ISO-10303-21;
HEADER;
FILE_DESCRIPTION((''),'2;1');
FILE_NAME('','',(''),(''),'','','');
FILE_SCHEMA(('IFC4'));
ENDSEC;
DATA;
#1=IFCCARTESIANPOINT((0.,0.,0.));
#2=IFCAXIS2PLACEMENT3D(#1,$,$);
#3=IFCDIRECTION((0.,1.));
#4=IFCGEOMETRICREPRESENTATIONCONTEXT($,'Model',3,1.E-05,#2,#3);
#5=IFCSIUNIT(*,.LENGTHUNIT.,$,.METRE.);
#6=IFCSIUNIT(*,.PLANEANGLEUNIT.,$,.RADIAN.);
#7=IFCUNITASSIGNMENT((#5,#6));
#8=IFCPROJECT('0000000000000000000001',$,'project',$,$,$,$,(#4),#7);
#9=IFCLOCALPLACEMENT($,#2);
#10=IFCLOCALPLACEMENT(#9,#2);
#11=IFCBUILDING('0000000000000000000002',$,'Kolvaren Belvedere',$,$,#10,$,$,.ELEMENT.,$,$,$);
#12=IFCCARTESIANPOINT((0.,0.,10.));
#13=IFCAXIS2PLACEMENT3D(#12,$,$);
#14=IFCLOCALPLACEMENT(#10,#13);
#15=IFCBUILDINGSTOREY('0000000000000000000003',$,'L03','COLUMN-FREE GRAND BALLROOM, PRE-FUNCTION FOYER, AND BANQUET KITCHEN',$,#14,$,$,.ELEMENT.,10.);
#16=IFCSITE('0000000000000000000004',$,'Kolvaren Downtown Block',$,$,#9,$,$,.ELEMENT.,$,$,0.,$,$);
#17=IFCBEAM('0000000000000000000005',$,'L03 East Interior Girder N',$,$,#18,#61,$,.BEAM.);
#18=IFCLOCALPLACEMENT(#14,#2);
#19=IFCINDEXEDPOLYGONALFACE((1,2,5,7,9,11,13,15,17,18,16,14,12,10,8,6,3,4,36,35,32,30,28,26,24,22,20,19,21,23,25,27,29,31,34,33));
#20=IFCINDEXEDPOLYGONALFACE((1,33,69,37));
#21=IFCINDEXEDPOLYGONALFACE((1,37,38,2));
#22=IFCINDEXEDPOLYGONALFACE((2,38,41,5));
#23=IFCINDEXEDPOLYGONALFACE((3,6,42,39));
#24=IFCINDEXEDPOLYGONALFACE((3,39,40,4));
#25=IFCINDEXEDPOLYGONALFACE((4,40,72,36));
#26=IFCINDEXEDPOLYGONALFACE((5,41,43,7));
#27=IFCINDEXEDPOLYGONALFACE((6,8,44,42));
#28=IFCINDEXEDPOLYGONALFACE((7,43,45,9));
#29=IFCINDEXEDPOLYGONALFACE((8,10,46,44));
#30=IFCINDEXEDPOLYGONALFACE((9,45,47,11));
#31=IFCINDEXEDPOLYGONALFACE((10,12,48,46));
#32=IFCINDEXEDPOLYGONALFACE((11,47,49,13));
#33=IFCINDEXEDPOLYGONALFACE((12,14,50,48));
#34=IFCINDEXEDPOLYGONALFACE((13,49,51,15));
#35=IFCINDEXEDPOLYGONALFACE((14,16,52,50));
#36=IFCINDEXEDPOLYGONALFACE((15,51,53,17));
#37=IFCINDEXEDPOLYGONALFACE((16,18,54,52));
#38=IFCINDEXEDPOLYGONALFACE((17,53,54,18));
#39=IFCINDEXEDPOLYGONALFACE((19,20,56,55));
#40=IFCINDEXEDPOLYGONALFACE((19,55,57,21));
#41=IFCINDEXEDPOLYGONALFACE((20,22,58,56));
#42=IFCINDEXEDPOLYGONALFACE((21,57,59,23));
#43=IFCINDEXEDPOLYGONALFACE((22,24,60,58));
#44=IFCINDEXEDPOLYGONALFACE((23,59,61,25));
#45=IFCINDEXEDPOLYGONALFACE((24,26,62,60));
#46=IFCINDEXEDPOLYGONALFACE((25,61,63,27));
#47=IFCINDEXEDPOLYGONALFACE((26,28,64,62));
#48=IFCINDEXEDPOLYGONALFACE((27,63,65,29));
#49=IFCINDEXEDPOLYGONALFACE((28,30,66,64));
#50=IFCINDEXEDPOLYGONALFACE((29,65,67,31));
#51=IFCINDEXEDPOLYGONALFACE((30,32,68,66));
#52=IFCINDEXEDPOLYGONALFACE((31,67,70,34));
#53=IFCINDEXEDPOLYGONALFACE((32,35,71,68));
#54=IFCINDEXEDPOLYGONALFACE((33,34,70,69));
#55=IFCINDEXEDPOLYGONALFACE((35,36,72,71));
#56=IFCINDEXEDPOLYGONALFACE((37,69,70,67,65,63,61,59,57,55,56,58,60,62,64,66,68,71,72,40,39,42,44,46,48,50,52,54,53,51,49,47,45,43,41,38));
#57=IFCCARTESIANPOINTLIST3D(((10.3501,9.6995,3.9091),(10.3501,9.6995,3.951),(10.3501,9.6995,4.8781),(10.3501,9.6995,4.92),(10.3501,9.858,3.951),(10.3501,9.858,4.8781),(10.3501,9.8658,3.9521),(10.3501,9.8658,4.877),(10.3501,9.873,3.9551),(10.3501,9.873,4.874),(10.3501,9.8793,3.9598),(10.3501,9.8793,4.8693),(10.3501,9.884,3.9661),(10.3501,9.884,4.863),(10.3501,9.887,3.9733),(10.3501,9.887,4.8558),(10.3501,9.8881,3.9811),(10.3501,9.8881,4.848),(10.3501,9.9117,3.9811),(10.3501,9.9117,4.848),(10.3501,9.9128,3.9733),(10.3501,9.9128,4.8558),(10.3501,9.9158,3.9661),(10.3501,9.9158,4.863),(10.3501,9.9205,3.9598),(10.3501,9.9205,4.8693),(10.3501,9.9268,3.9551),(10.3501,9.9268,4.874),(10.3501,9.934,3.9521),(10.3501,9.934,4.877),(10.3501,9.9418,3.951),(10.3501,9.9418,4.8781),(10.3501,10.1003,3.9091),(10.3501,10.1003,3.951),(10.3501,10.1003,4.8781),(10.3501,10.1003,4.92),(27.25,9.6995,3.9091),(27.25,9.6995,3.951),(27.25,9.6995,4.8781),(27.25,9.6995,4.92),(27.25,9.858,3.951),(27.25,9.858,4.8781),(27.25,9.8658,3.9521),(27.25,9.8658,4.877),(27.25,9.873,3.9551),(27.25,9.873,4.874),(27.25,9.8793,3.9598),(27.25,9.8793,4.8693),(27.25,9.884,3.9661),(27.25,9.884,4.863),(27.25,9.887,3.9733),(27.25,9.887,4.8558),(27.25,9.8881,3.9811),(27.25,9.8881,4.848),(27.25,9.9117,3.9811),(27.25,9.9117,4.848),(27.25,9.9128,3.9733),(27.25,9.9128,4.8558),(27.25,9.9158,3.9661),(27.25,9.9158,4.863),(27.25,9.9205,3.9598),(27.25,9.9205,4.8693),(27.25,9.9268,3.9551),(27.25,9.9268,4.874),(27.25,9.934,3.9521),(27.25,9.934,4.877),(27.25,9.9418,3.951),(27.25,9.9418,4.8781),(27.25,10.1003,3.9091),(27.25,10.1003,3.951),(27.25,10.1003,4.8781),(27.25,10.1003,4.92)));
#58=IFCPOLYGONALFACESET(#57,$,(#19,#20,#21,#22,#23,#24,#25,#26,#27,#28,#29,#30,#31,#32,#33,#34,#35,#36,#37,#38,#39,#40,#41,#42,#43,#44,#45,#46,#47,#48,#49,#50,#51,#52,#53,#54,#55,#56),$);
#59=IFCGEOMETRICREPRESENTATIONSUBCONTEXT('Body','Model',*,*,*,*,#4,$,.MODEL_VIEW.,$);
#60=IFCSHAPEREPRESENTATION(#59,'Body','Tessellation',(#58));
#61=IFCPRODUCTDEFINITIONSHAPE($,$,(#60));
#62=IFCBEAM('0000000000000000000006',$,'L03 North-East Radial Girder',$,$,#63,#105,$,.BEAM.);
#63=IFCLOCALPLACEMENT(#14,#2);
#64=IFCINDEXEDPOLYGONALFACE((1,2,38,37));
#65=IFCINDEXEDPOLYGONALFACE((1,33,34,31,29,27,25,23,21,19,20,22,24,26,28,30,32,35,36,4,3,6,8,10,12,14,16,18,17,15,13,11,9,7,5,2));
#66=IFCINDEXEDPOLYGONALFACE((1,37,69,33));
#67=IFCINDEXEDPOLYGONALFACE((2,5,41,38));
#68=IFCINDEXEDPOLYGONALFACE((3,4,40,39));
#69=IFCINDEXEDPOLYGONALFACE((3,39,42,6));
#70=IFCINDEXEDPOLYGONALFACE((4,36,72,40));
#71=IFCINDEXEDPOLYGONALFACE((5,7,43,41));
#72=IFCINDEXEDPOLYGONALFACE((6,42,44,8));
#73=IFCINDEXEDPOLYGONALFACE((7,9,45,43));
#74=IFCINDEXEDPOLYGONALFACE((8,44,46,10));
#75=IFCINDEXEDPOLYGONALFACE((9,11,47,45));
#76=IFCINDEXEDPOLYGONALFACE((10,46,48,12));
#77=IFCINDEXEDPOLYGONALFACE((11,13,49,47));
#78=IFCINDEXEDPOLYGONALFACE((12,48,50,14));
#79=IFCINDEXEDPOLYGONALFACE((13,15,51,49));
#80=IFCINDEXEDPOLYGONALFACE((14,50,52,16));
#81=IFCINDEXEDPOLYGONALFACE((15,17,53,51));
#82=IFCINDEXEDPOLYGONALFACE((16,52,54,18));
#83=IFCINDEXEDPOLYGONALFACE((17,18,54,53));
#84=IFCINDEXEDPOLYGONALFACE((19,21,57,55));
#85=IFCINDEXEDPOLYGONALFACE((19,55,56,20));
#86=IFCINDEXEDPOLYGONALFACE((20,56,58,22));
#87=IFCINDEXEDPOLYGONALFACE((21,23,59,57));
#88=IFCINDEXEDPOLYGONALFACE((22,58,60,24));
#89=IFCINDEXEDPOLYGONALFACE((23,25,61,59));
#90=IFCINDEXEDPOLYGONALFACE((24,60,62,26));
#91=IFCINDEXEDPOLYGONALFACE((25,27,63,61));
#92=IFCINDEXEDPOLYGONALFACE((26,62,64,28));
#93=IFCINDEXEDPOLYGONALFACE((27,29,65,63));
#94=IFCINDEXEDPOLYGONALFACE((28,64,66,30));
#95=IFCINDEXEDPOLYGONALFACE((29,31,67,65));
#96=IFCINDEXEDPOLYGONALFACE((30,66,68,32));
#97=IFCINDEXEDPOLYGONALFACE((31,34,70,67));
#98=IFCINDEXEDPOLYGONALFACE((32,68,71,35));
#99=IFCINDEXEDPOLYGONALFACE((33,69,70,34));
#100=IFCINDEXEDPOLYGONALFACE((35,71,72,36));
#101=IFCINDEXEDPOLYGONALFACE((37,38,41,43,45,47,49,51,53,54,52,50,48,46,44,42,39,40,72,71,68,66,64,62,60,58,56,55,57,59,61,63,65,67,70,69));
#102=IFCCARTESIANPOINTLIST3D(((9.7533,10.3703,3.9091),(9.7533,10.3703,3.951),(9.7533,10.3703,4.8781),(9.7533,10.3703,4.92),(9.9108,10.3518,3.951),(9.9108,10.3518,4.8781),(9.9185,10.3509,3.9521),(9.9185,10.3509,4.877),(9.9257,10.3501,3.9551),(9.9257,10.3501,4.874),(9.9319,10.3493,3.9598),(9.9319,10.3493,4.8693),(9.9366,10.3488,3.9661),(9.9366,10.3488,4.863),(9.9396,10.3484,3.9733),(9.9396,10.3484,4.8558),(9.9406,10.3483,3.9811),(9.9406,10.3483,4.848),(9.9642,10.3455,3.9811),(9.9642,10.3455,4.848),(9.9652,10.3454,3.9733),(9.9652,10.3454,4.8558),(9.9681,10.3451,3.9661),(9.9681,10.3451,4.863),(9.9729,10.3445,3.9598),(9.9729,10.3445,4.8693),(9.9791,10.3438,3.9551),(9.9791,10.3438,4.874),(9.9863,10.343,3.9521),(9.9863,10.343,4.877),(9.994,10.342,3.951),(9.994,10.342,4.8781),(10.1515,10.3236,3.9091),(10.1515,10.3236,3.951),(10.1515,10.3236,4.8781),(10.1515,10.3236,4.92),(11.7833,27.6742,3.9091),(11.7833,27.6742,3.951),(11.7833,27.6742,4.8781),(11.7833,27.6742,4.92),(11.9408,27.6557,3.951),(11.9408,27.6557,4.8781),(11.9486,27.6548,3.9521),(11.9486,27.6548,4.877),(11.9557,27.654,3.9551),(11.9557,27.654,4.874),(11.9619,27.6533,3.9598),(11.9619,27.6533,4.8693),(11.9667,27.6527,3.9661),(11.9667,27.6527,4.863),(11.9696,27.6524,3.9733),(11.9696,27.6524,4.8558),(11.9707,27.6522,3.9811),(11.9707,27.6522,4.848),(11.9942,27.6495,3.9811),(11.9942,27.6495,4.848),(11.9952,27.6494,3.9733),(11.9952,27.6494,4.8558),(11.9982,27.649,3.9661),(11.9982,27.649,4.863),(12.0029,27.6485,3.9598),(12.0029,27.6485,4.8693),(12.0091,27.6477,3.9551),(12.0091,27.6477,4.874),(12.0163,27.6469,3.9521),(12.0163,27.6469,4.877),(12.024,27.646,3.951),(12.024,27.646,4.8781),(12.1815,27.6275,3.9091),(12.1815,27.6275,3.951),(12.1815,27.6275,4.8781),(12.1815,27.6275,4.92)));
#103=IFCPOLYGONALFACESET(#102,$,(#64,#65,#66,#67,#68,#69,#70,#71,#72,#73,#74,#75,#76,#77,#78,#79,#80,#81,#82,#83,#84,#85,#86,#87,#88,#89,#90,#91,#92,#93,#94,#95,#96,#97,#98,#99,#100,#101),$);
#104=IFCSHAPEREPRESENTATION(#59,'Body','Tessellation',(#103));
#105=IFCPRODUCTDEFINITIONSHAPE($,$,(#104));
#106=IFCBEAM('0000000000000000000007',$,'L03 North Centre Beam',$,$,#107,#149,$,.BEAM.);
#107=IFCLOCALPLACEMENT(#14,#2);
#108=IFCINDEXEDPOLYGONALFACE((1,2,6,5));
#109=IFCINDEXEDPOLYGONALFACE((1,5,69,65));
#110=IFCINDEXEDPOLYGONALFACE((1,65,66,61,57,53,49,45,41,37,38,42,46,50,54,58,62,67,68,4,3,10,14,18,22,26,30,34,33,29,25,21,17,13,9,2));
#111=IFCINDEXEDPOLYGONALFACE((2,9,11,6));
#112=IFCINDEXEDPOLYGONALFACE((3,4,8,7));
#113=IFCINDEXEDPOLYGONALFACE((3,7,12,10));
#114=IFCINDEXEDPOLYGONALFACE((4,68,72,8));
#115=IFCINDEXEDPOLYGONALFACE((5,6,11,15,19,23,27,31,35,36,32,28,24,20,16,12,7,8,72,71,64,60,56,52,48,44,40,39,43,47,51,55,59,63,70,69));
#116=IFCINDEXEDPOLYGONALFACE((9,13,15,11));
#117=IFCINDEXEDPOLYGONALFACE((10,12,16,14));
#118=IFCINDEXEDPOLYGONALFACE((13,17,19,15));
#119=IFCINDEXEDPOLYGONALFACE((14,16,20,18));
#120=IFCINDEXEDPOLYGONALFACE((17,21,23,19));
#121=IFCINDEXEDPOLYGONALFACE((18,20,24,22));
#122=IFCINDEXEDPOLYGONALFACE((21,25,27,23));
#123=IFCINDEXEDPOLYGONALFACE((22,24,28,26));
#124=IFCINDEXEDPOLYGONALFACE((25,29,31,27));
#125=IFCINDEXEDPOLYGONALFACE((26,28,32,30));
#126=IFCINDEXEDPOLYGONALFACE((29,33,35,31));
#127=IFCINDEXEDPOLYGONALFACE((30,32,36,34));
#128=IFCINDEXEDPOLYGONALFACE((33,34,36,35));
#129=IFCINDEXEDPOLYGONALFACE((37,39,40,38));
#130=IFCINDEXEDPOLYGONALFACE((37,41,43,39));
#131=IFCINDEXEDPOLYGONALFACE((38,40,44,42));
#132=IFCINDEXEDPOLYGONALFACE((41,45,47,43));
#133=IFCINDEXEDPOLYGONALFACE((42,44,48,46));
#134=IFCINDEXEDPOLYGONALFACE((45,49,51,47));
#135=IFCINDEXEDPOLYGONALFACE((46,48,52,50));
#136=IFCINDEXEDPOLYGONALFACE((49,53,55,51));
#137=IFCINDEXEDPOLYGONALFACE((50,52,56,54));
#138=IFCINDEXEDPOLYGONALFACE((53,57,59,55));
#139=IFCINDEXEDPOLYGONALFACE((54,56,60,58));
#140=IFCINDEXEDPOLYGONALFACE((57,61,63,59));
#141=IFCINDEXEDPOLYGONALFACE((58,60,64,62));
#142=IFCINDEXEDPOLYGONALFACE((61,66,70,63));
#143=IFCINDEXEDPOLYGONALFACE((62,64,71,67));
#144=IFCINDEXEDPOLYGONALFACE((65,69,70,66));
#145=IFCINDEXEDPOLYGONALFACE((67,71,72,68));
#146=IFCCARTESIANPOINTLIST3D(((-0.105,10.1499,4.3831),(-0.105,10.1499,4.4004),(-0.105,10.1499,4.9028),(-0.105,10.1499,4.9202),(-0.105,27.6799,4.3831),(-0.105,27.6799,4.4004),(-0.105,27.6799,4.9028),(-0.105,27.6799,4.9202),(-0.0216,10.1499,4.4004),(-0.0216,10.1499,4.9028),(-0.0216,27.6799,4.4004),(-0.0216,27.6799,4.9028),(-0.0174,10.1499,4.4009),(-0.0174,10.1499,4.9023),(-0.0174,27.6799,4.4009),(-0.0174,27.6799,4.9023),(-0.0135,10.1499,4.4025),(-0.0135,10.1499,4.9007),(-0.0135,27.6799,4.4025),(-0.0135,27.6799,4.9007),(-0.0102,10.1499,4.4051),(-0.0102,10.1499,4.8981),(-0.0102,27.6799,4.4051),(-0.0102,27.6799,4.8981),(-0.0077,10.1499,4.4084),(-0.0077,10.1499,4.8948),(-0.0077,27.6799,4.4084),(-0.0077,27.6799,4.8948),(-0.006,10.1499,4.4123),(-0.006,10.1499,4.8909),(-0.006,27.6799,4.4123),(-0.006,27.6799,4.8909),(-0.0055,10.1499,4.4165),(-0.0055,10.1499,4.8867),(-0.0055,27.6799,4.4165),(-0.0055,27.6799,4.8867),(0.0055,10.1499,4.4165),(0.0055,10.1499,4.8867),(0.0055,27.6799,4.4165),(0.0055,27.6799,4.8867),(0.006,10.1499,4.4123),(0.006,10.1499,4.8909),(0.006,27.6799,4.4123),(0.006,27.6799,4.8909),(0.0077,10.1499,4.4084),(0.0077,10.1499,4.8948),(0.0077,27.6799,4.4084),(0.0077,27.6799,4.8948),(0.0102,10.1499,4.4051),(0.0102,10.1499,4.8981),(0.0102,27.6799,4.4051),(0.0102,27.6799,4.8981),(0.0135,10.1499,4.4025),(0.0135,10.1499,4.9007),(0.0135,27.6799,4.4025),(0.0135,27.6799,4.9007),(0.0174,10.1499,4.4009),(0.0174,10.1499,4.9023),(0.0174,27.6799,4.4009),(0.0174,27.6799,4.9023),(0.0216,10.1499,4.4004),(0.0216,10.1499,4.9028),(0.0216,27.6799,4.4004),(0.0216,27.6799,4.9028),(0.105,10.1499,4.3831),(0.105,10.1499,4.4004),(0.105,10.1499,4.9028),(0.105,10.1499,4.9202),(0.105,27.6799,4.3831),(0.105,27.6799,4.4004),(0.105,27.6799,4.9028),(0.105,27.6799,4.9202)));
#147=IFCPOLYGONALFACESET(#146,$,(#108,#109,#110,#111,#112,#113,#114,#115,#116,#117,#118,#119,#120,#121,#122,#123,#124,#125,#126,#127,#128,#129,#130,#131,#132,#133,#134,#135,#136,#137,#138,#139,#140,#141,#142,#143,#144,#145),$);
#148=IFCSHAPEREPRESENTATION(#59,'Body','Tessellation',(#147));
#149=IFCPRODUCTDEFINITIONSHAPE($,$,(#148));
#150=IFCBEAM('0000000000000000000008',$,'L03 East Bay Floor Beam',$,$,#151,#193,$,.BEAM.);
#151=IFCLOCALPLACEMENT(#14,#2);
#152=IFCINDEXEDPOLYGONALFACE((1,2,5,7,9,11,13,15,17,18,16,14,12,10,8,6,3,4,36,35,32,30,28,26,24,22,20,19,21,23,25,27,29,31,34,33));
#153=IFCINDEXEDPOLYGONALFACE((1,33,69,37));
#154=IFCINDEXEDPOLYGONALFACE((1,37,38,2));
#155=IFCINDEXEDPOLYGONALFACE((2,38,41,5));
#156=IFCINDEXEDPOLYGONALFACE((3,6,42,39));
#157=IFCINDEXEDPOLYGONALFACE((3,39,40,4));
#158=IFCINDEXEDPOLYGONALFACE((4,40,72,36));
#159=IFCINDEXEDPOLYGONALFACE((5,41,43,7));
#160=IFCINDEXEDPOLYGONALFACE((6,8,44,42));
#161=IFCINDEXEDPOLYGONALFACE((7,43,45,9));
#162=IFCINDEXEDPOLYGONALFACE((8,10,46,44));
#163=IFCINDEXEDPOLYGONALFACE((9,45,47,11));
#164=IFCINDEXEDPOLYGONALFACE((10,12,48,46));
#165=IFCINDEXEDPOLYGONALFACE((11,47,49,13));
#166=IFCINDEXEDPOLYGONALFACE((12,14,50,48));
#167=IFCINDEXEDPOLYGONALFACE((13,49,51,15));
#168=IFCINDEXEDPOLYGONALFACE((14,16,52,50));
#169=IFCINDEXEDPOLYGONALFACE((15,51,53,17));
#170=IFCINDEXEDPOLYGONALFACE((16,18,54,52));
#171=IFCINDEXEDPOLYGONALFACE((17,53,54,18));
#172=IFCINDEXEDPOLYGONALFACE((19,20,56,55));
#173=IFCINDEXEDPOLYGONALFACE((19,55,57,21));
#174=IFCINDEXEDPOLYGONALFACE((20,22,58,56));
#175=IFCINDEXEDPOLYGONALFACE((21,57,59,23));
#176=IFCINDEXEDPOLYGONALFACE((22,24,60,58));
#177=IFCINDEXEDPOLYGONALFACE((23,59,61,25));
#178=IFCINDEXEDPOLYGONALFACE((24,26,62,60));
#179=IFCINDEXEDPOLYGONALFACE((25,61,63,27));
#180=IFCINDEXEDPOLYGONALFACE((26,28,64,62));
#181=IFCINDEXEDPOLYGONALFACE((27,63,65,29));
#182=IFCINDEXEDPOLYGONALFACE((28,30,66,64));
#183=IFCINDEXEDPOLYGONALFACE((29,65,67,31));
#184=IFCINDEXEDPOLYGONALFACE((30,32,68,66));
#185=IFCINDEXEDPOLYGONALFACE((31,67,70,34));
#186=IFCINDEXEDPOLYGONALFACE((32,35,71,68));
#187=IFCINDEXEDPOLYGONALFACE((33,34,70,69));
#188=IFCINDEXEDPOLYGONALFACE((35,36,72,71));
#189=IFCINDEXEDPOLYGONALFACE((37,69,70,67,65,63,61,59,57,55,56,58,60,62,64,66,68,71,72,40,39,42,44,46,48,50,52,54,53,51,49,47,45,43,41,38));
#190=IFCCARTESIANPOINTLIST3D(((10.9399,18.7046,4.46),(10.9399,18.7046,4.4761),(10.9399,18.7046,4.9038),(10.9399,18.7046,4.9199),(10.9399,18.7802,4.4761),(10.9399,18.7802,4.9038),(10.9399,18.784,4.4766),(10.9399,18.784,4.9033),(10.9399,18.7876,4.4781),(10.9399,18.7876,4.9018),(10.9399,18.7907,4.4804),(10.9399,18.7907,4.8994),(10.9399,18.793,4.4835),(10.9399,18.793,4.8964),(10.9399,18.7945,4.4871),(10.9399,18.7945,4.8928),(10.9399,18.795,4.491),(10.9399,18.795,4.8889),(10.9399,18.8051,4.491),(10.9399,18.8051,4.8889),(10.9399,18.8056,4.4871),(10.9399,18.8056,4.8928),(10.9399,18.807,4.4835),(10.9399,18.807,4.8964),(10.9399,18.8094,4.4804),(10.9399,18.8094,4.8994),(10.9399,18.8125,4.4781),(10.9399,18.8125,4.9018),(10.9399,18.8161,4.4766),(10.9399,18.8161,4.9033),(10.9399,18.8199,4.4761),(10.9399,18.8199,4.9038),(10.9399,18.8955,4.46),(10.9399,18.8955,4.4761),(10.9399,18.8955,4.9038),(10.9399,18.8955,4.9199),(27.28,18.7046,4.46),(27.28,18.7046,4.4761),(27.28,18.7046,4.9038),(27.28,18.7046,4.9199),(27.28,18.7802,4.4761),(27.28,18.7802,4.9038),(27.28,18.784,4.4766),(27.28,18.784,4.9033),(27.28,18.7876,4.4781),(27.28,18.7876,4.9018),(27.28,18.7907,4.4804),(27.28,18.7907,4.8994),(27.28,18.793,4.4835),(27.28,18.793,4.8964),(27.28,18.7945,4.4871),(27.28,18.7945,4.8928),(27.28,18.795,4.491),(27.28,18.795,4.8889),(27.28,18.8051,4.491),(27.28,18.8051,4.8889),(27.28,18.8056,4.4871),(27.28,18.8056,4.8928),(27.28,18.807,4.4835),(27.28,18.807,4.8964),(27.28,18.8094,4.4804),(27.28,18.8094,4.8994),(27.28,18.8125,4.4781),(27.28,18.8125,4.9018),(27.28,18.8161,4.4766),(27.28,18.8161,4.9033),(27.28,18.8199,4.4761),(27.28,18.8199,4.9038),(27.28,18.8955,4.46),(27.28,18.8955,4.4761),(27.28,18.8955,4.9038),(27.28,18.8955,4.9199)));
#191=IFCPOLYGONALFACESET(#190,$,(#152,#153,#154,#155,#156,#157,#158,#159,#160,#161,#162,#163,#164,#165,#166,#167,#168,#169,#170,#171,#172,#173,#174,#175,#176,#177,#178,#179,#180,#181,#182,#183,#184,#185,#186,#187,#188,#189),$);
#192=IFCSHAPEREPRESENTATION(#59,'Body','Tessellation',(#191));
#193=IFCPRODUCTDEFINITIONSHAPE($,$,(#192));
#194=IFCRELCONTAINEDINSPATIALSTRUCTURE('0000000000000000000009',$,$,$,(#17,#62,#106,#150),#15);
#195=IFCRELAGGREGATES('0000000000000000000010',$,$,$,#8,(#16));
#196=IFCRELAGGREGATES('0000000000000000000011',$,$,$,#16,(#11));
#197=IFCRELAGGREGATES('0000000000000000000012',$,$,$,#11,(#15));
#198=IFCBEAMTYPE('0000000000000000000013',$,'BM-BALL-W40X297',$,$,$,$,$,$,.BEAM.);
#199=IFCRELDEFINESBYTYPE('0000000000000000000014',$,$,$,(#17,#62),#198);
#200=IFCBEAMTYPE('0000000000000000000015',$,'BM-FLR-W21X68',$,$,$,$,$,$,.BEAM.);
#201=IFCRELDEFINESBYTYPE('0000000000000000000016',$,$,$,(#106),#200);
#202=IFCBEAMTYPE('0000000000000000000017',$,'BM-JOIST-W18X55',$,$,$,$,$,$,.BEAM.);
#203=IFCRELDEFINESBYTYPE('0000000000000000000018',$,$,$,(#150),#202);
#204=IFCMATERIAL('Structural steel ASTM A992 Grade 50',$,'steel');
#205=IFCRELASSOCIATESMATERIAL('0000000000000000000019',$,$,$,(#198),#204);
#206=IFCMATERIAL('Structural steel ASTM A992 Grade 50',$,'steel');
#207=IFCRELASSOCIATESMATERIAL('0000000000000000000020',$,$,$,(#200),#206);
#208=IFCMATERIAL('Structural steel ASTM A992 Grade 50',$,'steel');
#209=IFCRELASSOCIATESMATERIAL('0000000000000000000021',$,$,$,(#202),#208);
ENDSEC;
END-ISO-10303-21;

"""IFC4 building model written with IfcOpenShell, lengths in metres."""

from ifc_helpers import new_model, si_unit, direction, frame, origin, origin_2d, place, context, subcontext, project, spatial, i_section, extrude, material, material_profile, profile_set, type_object, element, save


model = new_model("IFC4")

# Units and contexts
model_context = context("Model", 3, precision=1e-05, world=origin(), true_north=direction((0.0, 1.0)))
body_context = subcontext(model_context, "Body", "Model", "MODEL_VIEW")
ifc_project = project(units=[si_unit("LENGTHUNIT", "METRE"), si_unit("PLANEANGLEUNIT", "RADIAN")], contexts=[model_context])

# Site, building, storey
site_placement = place(None, origin())
site = spatial("IfcSite", under=ifc_project, at=site_placement, Name="Kolvaren Downtown Block", CompositionType="ELEMENT", RefElevation=0.0)
building_placement = place(site_placement, origin())
building = spatial("IfcBuilding", under=site, at=building_placement, Name="Kolvaren Belvedere", CompositionType="ELEMENT")
storey_placement = place(building_placement, frame((0.0, 0.0, 10.0)))
storey = spatial("IfcBuildingStorey", under=building, at=storey_placement, Name="L03", Description="COLUMN-FREE GRAND BALLROOM, PRE-FUNCTION FOYER, AND BANQUET KITCHEN", CompositionType="ELEMENT", Elevation=10.0)

# Beams
ifc_material_1 = material(Name="Structural steel ASTM A992 Grade 50", Category="steel")
ifc_material_profile_1 = material_profile(ifc_material_1, i_section(OverallWidth=0.4009, OverallDepth=1.011, WebThickness=0.0237, FlangeThickness=0.042, FilletRadius=0.03, at=origin_2d()), Name="W40X297")
ifc_profile_set_1 = profile_set([ifc_material_profile_1], Name="Structural steel ASTM A992 Grade 50")
beam_type_1 = type_object("IfcBeamType", Name="BM-BALL-W40X297", PredefinedType="BEAM", material=ifc_profile_set_1)
beam_1_placement = place(storey_placement, frame((10.3501, 9.8999, 4.4146), z_axis=(1.0, 0.0, 0.0), x_axis=(0.0, 1.0, 0.0)))
element("IfcBeam", 1, at=beam_1_placement, inside=storey, type_object=beam_type_1, Name="L03 East Interior Girder N", PredefinedType="BEAM", context=body_context, shape_type="SweptSolid", body=[
    extrude(i_section(OverallWidth=0.4009, OverallDepth=1.011, WebThickness=0.0237, FlangeThickness=0.042, FilletRadius=0.03, at=origin_2d()), origin(), (0.0, 0.0, 1.0), 16.8999),
])
beam_2_placement = place(storey_placement, frame((9.9524, 10.3469, 4.4146), z_axis=(0.116517, 0.993189, 0.0), x_axis=(-0.993189, 0.116517, 0.0)))
element("IfcBeam", 2, at=beam_2_placement, inside=storey, type_object=beam_type_1, Name="L03 North-East Radial Girder", PredefinedType="BEAM", context=body_context, shape_type="SweptSolid", body=[
    extrude(i_section(OverallWidth=0.4009, OverallDepth=1.011, WebThickness=0.0237, FlangeThickness=0.042, FilletRadius=0.03, at=origin_2d()), origin(), (0.0, 0.0, 1.0), 17.4226),
])
ifc_material_2 = material(Name="Structural steel ASTM A992 Grade 50", Category="steel")
ifc_material_profile_2 = material_profile(ifc_material_2, i_section(OverallWidth=0.21, OverallDepth=0.5371, WebThickness=0.011, FlangeThickness=0.0173, FilletRadius=0.0161, at=origin_2d()), Name="W21X68")
ifc_profile_set_2 = profile_set([ifc_material_profile_2], Name="Structural steel ASTM A992 Grade 50")
beam_type_2 = type_object("IfcBeamType", Name="BM-FLR-W21X68", PredefinedType="BEAM", material=ifc_profile_set_2)
beam_3_placement = place(storey_placement, frame((0.0, 10.1499, 4.6516), z_axis=(0.0, 1.0, 0.0), x_axis=(-1.0, 0.0, 0.0)))
element("IfcBeam", 3, at=beam_3_placement, inside=storey, type_object=beam_type_2, Name="L03 North Centre Beam", PredefinedType="BEAM", context=body_context, shape_type="SweptSolid", body=[
    extrude(i_section(OverallWidth=0.21, OverallDepth=0.5371, WebThickness=0.011, FlangeThickness=0.0173, FilletRadius=0.0161, at=origin_2d()), origin(), (0.0, 0.0, 1.0), 17.53),
])
ifc_material_3 = material(Name="Structural steel ASTM A992 Grade 50", Category="steel")
ifc_material_profile_3 = material_profile(ifc_material_3, i_section(OverallWidth=0.1909, OverallDepth=0.46, WebThickness=0.01, FlangeThickness=0.0161, FilletRadius=0.0149, at=origin_2d()), Name="W18X55")
ifc_profile_set_3 = profile_set([ifc_material_profile_3], Name="Structural steel ASTM A992 Grade 50")
beam_type_3 = type_object("IfcBeamType", Name="BM-JOIST-W18X55", PredefinedType="BEAM", material=ifc_profile_set_3)
beam_4_placement = place(storey_placement, frame((10.9399, 18.8, 4.6899), z_axis=(1.0, 0.0, 0.0), x_axis=(0.0, 1.0, 0.0)))
element("IfcBeam", 4, at=beam_4_placement, inside=storey, type_object=beam_type_3, Name="L03 East Bay Floor Beam", PredefinedType="BEAM", context=body_context, shape_type="SweptSolid", body=[
    extrude(i_section(OverallWidth=0.1909, OverallDepth=0.46, WebThickness=0.01, FlangeThickness=0.0161, FilletRadius=0.0149, at=origin_2d()), origin(), (0.0, 0.0, 1.0), 16.3401),
])

save(model, "model.ifc")
